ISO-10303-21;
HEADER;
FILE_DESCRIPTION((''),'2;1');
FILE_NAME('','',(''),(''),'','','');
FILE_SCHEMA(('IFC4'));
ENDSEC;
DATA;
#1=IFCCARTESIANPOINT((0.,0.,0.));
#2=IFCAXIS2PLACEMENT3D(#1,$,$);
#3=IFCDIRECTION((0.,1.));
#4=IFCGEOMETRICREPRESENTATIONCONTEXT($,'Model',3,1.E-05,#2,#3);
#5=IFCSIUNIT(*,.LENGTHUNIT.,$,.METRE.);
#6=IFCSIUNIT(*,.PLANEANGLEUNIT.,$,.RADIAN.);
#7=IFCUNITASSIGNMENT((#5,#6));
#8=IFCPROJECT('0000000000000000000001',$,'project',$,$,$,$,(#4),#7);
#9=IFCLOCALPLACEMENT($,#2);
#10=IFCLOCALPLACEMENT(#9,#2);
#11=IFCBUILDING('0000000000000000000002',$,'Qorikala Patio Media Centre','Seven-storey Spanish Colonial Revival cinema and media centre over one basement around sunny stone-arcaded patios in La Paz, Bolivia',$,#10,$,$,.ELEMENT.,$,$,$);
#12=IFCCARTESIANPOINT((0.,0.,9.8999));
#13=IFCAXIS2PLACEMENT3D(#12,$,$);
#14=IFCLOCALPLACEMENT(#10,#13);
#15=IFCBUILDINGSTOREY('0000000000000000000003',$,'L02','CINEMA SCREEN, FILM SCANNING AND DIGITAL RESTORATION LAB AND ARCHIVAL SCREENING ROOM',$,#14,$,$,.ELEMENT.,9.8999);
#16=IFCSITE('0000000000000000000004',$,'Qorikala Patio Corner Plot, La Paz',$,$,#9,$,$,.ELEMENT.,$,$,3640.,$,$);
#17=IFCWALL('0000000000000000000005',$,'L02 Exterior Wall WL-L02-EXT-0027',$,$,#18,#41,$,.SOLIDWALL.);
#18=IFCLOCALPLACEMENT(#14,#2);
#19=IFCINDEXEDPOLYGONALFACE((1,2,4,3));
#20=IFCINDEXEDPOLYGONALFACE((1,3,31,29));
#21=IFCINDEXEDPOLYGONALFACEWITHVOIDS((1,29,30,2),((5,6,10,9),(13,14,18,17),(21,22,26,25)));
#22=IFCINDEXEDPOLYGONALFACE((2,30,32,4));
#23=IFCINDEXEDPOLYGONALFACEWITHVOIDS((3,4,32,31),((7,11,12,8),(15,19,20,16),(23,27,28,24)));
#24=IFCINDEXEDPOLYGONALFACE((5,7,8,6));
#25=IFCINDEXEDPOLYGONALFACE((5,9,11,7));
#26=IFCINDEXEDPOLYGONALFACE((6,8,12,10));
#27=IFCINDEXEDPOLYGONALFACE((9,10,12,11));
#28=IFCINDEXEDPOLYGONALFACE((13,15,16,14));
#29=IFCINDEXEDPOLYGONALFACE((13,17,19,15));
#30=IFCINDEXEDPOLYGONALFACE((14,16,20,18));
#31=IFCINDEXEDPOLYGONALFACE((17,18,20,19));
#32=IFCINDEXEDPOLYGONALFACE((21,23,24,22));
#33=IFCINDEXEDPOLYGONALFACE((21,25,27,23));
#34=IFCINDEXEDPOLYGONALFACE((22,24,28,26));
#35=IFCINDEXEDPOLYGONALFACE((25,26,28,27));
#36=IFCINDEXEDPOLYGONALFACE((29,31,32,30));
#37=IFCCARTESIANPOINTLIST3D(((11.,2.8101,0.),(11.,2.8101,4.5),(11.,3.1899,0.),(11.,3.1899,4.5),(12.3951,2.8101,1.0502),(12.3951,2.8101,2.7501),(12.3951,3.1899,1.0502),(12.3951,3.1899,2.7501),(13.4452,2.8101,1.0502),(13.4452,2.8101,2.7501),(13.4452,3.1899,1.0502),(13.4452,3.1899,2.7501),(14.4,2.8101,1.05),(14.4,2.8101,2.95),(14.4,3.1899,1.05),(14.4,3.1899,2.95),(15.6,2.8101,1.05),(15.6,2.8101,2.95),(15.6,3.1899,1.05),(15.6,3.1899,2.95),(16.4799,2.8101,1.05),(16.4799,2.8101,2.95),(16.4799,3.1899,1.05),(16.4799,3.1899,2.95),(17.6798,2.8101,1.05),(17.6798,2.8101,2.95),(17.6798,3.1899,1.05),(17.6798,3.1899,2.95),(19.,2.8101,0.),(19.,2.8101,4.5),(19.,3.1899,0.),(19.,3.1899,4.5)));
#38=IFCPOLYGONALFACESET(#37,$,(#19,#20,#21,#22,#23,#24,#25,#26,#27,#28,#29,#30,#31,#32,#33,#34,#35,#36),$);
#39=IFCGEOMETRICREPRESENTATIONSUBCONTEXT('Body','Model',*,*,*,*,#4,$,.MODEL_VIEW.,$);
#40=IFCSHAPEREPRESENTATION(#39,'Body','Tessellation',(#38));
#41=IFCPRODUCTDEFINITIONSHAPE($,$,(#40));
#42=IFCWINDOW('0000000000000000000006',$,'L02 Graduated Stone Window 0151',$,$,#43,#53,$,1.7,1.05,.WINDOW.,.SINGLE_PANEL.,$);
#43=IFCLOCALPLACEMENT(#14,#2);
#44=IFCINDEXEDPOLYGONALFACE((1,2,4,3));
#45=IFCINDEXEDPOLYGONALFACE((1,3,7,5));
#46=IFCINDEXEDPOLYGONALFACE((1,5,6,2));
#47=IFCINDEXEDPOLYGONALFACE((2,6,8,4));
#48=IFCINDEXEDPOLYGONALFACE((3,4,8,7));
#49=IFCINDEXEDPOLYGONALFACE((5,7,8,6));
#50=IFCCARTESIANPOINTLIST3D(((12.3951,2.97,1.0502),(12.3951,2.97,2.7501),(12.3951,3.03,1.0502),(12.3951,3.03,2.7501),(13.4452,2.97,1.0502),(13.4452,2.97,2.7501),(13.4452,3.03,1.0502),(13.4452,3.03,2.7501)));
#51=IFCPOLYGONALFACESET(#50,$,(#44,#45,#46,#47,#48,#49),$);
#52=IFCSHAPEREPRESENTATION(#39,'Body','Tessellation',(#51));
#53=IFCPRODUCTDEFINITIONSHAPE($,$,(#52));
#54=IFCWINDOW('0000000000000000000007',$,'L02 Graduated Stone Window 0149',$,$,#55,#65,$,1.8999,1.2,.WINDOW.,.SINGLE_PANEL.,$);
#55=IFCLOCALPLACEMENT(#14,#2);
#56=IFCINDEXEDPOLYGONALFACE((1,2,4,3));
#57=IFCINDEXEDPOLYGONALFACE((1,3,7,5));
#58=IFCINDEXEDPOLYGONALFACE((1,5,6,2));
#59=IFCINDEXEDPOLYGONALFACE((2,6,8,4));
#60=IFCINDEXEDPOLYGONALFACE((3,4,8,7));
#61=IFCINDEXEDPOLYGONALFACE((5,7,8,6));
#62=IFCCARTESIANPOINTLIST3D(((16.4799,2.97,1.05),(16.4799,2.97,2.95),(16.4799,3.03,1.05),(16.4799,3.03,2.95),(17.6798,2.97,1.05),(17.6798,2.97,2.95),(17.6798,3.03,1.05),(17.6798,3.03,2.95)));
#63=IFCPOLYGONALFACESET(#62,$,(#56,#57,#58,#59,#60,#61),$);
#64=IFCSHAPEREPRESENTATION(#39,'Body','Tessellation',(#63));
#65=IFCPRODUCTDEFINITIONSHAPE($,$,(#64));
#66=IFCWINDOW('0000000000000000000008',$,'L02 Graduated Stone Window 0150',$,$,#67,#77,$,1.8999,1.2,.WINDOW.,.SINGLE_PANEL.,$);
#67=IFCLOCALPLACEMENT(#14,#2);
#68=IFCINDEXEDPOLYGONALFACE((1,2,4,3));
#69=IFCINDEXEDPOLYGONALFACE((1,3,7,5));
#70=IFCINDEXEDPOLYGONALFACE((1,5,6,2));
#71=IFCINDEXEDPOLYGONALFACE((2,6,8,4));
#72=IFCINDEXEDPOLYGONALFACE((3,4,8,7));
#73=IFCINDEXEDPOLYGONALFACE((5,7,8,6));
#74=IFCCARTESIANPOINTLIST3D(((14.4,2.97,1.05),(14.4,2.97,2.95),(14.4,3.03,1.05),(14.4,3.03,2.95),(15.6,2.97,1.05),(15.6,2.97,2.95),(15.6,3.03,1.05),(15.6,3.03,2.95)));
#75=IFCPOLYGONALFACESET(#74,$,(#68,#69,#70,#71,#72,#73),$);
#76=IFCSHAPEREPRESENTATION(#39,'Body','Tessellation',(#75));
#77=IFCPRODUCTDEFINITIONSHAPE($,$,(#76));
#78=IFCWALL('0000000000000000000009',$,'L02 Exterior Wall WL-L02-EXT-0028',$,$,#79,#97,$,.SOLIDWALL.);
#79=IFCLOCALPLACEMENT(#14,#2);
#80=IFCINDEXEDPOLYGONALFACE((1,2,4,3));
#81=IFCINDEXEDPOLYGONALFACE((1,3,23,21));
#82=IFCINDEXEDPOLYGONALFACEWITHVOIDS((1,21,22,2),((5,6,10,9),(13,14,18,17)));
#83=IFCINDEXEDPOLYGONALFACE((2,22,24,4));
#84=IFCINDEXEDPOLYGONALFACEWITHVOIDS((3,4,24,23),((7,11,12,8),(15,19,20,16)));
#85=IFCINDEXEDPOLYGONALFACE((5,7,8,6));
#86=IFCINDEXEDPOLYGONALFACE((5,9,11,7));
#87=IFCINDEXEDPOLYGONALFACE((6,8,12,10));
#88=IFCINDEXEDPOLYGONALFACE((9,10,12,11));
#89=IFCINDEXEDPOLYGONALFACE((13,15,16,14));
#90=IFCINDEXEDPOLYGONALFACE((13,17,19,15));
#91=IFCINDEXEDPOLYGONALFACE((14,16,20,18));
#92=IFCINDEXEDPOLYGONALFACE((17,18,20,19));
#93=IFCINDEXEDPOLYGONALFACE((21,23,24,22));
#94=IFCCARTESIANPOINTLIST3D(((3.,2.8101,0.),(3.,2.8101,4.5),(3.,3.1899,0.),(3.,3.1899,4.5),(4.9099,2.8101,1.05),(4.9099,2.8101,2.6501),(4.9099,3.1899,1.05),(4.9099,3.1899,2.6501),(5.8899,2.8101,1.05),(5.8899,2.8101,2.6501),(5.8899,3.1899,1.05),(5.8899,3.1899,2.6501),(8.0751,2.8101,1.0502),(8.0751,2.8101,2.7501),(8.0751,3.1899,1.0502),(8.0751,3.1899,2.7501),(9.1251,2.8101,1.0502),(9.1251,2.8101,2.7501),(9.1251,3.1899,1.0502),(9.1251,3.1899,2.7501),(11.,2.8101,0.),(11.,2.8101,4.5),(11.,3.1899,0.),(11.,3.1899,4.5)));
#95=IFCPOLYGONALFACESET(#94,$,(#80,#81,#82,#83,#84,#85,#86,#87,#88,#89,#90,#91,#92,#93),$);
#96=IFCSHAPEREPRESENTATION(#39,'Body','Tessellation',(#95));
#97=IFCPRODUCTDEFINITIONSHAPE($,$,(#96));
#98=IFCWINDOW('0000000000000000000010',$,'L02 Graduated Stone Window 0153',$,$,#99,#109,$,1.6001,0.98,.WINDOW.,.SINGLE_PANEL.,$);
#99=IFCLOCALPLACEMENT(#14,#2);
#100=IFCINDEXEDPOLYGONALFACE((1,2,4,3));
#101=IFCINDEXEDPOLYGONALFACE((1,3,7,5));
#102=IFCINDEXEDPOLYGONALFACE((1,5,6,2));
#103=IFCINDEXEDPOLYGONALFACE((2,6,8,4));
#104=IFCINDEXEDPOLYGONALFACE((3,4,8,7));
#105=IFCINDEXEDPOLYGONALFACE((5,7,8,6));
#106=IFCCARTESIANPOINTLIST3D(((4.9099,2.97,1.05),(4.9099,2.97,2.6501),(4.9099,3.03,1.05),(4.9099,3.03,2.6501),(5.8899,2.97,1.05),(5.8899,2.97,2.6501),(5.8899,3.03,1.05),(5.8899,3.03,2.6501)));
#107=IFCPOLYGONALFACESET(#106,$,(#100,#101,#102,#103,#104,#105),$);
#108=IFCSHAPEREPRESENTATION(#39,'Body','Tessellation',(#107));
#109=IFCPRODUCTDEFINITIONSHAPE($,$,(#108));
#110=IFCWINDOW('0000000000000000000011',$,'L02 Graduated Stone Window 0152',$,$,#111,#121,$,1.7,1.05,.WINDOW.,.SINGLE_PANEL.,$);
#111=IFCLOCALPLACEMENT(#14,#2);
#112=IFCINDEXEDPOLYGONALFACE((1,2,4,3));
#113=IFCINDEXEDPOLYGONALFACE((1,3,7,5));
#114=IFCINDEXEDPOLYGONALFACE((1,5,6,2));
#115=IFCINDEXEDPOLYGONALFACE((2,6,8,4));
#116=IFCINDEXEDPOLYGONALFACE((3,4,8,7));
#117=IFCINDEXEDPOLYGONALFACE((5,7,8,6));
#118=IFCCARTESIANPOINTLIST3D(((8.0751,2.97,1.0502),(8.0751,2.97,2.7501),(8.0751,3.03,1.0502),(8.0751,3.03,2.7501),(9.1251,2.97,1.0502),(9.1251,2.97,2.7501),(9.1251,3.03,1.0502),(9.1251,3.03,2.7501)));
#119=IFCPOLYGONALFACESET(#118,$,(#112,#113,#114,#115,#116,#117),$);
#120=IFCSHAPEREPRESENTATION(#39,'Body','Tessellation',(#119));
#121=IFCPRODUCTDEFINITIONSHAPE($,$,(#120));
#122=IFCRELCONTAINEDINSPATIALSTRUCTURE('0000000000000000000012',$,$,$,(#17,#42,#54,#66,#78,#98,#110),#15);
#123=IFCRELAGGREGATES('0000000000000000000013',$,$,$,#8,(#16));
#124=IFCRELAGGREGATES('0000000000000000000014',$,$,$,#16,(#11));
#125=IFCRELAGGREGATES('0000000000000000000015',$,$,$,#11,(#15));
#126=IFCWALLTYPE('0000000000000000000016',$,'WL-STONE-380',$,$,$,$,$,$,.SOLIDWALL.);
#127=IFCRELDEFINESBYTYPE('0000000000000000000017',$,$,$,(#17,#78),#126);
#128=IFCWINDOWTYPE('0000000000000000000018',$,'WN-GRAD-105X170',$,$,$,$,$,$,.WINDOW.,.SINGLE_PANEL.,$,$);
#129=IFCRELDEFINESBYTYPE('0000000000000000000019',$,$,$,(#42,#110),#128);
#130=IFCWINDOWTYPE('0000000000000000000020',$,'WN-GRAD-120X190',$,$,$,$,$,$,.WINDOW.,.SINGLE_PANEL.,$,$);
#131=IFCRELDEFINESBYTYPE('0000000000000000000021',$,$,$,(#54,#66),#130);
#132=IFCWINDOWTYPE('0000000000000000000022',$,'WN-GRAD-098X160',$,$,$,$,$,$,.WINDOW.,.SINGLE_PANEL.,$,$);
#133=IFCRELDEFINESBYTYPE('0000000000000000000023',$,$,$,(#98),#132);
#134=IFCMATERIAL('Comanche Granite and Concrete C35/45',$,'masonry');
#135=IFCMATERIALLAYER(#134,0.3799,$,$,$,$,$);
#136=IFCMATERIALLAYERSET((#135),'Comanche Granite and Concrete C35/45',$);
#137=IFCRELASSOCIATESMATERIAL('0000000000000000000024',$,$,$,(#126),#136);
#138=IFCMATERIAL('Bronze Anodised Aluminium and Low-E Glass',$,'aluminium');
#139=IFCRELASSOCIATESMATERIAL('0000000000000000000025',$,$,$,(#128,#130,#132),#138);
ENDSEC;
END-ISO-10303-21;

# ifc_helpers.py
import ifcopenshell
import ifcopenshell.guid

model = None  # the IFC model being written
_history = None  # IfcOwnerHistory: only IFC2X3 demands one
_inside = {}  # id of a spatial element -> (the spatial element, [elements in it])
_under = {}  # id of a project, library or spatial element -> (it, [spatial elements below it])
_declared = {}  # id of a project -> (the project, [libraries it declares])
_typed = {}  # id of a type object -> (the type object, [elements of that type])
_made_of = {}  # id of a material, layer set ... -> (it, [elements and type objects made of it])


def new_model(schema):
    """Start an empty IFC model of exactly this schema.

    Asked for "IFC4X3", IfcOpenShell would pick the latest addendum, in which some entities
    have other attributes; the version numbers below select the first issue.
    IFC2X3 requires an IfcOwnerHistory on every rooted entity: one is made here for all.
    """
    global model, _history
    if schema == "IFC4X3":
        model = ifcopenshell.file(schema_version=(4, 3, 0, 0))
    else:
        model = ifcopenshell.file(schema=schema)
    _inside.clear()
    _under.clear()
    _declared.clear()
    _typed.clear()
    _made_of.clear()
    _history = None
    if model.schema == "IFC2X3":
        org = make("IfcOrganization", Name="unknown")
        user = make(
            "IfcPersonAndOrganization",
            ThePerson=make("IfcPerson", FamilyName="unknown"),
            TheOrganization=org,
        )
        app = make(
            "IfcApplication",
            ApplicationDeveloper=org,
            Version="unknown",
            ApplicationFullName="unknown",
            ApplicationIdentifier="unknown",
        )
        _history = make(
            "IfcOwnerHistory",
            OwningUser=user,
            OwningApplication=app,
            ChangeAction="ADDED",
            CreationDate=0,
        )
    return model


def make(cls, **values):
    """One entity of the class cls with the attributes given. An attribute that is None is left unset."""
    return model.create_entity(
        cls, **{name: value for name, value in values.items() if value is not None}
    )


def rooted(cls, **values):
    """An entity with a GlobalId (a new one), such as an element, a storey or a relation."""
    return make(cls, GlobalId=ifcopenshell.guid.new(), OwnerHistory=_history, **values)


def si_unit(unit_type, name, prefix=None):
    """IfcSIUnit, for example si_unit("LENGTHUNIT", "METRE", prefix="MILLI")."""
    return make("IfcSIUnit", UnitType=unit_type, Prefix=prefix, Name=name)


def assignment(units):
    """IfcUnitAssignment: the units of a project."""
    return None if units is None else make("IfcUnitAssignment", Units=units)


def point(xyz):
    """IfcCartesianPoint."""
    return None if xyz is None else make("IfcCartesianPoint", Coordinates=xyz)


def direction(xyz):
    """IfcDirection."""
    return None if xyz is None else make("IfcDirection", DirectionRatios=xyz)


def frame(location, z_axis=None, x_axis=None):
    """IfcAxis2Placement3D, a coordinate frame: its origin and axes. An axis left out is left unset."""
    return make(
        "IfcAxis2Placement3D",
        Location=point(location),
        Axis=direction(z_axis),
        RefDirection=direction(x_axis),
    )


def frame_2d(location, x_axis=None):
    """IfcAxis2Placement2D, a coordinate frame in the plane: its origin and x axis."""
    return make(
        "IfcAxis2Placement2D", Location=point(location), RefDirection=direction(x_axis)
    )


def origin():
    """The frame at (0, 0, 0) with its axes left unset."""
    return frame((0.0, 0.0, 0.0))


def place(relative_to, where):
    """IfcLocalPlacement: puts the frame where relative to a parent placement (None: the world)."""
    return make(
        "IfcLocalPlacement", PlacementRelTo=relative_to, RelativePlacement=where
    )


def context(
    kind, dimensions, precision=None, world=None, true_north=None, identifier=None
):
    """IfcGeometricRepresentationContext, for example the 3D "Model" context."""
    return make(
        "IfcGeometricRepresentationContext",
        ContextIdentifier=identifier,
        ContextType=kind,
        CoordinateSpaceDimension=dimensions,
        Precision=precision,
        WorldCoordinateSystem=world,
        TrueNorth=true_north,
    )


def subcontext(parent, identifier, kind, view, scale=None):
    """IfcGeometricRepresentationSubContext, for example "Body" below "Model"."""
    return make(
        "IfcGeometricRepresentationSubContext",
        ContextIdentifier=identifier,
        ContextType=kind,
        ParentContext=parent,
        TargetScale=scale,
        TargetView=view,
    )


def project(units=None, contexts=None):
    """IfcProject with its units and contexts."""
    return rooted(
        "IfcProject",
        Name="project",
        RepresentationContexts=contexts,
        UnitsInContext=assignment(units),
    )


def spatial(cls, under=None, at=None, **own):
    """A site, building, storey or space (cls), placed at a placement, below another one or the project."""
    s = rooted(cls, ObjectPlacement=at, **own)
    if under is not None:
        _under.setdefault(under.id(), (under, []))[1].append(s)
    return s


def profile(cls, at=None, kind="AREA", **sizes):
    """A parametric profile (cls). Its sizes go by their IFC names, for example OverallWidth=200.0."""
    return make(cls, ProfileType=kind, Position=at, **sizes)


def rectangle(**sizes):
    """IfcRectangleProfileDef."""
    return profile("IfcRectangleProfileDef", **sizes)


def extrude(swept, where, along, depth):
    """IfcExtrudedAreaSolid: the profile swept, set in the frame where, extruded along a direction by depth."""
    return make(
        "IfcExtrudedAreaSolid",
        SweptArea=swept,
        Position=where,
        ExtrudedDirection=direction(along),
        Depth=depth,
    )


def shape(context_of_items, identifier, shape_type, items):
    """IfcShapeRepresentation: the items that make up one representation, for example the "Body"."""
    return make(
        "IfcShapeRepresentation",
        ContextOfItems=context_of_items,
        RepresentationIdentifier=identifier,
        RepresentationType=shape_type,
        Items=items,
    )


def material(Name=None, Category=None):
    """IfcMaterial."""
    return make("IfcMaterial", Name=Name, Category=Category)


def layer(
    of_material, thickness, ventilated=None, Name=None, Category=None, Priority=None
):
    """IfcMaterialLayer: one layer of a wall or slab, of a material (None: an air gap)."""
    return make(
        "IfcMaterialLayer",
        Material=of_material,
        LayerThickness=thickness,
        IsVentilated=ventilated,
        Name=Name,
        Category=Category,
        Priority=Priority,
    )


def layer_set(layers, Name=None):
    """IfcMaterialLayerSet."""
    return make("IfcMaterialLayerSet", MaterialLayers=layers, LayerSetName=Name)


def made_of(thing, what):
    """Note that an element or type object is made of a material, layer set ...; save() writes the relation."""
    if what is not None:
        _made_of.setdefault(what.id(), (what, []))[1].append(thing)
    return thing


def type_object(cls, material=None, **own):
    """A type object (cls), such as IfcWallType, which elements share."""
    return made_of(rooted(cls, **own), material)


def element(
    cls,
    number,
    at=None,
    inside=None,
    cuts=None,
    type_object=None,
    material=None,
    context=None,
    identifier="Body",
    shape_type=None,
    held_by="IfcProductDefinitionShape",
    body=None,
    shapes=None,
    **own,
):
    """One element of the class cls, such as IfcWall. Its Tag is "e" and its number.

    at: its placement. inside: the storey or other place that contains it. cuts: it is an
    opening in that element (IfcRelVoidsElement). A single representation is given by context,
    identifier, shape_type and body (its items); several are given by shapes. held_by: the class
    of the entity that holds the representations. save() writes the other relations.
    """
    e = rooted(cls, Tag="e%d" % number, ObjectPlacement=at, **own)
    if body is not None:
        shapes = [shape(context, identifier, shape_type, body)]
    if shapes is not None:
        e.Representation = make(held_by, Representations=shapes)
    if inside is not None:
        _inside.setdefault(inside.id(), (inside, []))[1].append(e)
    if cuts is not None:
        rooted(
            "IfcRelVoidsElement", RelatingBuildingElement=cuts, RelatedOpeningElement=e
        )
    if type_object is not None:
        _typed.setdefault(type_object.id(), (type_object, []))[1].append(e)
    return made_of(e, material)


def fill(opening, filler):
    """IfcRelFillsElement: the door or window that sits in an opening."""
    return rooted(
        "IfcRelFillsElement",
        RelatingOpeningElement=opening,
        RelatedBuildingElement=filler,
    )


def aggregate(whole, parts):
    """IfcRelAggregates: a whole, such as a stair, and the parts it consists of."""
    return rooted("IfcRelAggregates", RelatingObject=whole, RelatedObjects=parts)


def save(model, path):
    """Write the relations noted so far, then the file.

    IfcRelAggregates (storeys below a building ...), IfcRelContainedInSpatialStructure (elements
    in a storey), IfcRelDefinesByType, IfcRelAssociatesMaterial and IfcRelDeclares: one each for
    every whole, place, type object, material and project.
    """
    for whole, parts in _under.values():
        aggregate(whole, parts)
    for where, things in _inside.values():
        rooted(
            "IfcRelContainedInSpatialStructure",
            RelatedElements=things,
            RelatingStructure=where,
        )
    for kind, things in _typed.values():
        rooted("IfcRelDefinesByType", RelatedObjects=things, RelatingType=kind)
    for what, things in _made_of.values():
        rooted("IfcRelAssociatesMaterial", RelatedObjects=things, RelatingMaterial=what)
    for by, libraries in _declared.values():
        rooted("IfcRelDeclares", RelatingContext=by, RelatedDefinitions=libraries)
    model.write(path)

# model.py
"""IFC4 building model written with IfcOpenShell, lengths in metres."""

from ifc_helpers import new_model, si_unit, direction, frame, frame_2d, origin, place, context, subcontext, project, spatial, rectangle, extrude, material, layer, layer_set, type_object, element, fill, save


model = new_model("IFC4")

# Units and contexts
model_context = context("Model", 3, precision=1e-05, world=origin(), true_north=direction((0.0, 1.0)))
body_context = subcontext(model_context, "Body", "Model", "MODEL_VIEW")
ifc_project = project(units=[si_unit("LENGTHUNIT", "METRE"), si_unit("PLANEANGLEUNIT", "RADIAN")], contexts=[model_context])

# Site, building, storey
site_placement = place(None, origin())
site = spatial("IfcSite", under=ifc_project, at=site_placement, Name="Qorikala Patio Corner Plot, La Paz", CompositionType="ELEMENT", RefElevation=3640.0)
building_placement = place(site_placement, origin())
building = spatial("IfcBuilding", under=site, at=building_placement, Name="Qorikala Patio Media Centre", Description="Seven-storey Spanish Colonial Revival cinema and media centre over one basement around sunny stone-arcaded patios in La Paz, Bolivia", CompositionType="ELEMENT")
storey_placement = place(building_placement, frame((0.0, 0.0, 9.8999)))
storey = spatial("IfcBuildingStorey", under=building, at=storey_placement, Name="L02", Description="CINEMA SCREEN, FILM SCANNING AND DIGITAL RESTORATION LAB AND ARCHIVAL SCREENING ROOM", CompositionType="ELEMENT", Elevation=9.8999)

# Walls, openings, windows
ifc_material_1 = material(Name="Comanche Granite and Concrete C35/45", Category="masonry")
ifc_layer = layer(ifc_material_1, 0.3799)
ifc_layer_set = layer_set([ifc_layer], Name="Comanche Granite and Concrete C35/45")
wall_type = type_object("IfcWallType", Name="WL-STONE-380", PredefinedType="SOLIDWALL", material=ifc_layer_set)
wall_1_placement = place(storey_placement, frame((19.0, 3.0, 0.0), z_axis=(0.0, 0.0, 1.0), x_axis=(-1.0, 0.0, 0.0)))
wall_1 = element("IfcWall", 1, at=wall_1_placement, inside=storey, type_object=wall_type, Name="L02 Exterior Wall WL-L02-EXT-0027", PredefinedType="SOLIDWALL", context=body_context, shape_type="SweptSolid", body=[
    extrude(rectangle(XDim=8.0, YDim=0.3799, at=frame_2d((4.0, 0.0))), origin(), (0.0, 0.0, 1.0), 4.5),
])
opening_1_placement = place(wall_1_placement, frame((1.3201, 0.0, 1.05)))
opening_1 = element("IfcOpeningElement", 2, at=opening_1_placement, cuts=wall_1, PredefinedType="OPENING", context=body_context, shape_type="SweptSolid", body=[
    extrude(rectangle(XDim=1.2, YDim=1.8999, at=frame_2d((0.6001, 0.95))), frame((0.0, 0.2, 0.0), z_axis=(0.0, -1.0, 0.0), x_axis=(1.0, 0.0, 0.0)), (0.0, 0.0, 1.0), 0.3999),
])
opening_2_placement = place(wall_1_placement, frame((3.3999, 0.0, 1.05)))
opening_2 = element("IfcOpeningElement", 3, at=opening_2_placement, cuts=wall_1, PredefinedType="OPENING", context=body_context, shape_type="SweptSolid", body=[
    extrude(rectangle(XDim=1.2, YDim=1.8999, at=frame_2d((0.6001, 0.95))), frame((0.0, 0.2, 0.0), z_axis=(0.0, -1.0, 0.0), x_axis=(1.0, 0.0, 0.0)), (0.0, 0.0, 1.0), 0.3999),
])
opening_3_placement = place(wall_1_placement, frame((5.5549, 0.0, 1.05)))
opening_3 = element("IfcOpeningElement", 4, at=opening_3_placement, cuts=wall_1, PredefinedType="OPENING", context=body_context, shape_type="SweptSolid", body=[
    extrude(rectangle(XDim=1.05, YDim=1.7, at=frame_2d((0.5249, 0.8501))), frame((0.0, 0.2, 0.0), z_axis=(0.0, -1.0, 0.0), x_axis=(1.0, 0.0, 0.0)), (0.0, 0.0, 1.0), 0.3999),
])
ifc_material_2 = material(Name="Bronze Anodised Aluminium and Low-E Glass", Category="aluminium")
window_type_1 = type_object("IfcWindowType", Name="WN-GRAD-105X170", PartitioningType="SINGLE_PANEL", PredefinedType="WINDOW", material=ifc_material_2)
window_1_placement = place(opening_3_placement, origin())
window_1 = element("IfcWindow", 5, at=window_1_placement, inside=storey, type_object=window_type_1, Name="L02 Graduated Stone Window 0151", OverallHeight=1.7, OverallWidth=1.05, PartitioningType="SINGLE_PANEL", PredefinedType="WINDOW", context=body_context, shape_type="SweptSolid", body=[
    extrude(rectangle(XDim=1.05, YDim=1.7, at=frame_2d((0.5249, 0.8501))), frame((0.0, 0.03, 0.0), z_axis=(0.0, -1.0, 0.0), x_axis=(1.0, 0.0, 0.0)), (0.0, 0.0, 1.0), 0.0601),
])
fill(opening_3, window_1)
window_type_2 = type_object("IfcWindowType", Name="WN-GRAD-120X190", PartitioningType="SINGLE_PANEL", PredefinedType="WINDOW", material=ifc_material_2)
window_2_placement = place(opening_1_placement, origin())
window_2 = element("IfcWindow", 6, at=window_2_placement, inside=storey, type_object=window_type_2, Name="L02 Graduated Stone Window 0149", OverallHeight=1.8999, OverallWidth=1.2, PartitioningType="SINGLE_PANEL", PredefinedType="WINDOW", context=body_context, shape_type="SweptSolid", body=[
    extrude(rectangle(XDim=1.2, YDim=1.8999, at=frame_2d((0.6001, 0.95))), frame((0.0, 0.03, 0.0), z_axis=(0.0, -1.0, 0.0), x_axis=(1.0, 0.0, 0.0)), (0.0, 0.0, 1.0), 0.0601),
])
fill(opening_1, window_2)
window_3_placement = place(opening_2_placement, origin())
window_3 = element("IfcWindow", 7, at=window_3_placement, inside=storey, type_object=window_type_2, Name="L02 Graduated Stone Window 0150", OverallHeight=1.8999, OverallWidth=1.2, PartitioningType="SINGLE_PANEL", PredefinedType="WINDOW", context=body_context, shape_type="SweptSolid", body=[
    extrude(rectangle(XDim=1.2, YDim=1.8999, at=frame_2d((0.6001, 0.95))), frame((0.0, 0.03, 0.0), z_axis=(0.0, -1.0, 0.0), x_axis=(1.0, 0.0, 0.0)), (0.0, 0.0, 1.0), 0.0601),
])
fill(opening_2, window_3)
wall_2_placement = place(storey_placement, frame((11.0, 3.0, 0.0), z_axis=(0.0, 0.0, 1.0), x_axis=(-1.0, 0.0, 0.0)))
wall_2 = element("IfcWall", 8, at=wall_2_placement, inside=storey, type_object=wall_type, Name="L02 Exterior Wall WL-L02-EXT-0028", PredefinedType="SOLIDWALL", context=body_context, shape_type="SweptSolid", body=[
    extrude(rectangle(XDim=8.0, YDim=0.3799, at=frame_2d((4.0, 0.0))), origin(), (0.0, 0.0, 1.0), 4.5),
])
opening_4_placement = place(wall_2_placement, frame((1.875, 0.0, 1.05)))
opening_4 = element("IfcOpeningElement", 9, at=opening_4_placement, cuts=wall_2, PredefinedType="OPENING", context=body_context, shape_type="SweptSolid", body=[
    extrude(rectangle(XDim=1.05, YDim=1.7, at=frame_2d((0.5249, 0.8501))), frame((0.0, 0.2, 0.0), z_axis=(0.0, -1.0, 0.0), x_axis=(1.0, 0.0, 0.0)), (0.0, 0.0, 1.0), 0.3999),
])
opening_5_placement = place(wall_2_placement, frame((5.1101, 0.0, 1.05)))
opening_5 = element("IfcOpeningElement", 10, at=opening_5_placement, cuts=wall_2, PredefinedType="OPENING", context=body_context, shape_type="SweptSolid", body=[
    extrude(rectangle(XDim=0.98, YDim=1.6001, at=frame_2d((0.49, 0.8))), frame((0.0, 0.2, 0.0), z_axis=(0.0, -1.0, 0.0), x_axis=(1.0, 0.0, 0.0)), (0.0, 0.0, 1.0), 0.3999),
])
window_type_3 = type_object("IfcWindowType", Name="WN-GRAD-098X160", PartitioningType="SINGLE_PANEL", PredefinedType="WINDOW", material=ifc_material_2)
window_4_placement = place(opening_5_placement, origin())
window_4 = element("IfcWindow", 11, at=window_4_placement, inside=storey, type_object=window_type_3, Name="L02 Graduated Stone Window 0153", OverallHeight=1.6001, OverallWidth=0.98, PartitioningType="SINGLE_PANEL", PredefinedType="WINDOW", context=body_context, shape_type="SweptSolid", body=[
    extrude(rectangle(XDim=0.98, YDim=1.6001, at=frame_2d((0.49, 0.8))), frame((0.0, 0.03, 0.0), z_axis=(0.0, -1.0, 0.0), x_axis=(1.0, 0.0, 0.0)), (0.0, 0.0, 1.0), 0.0601),
])
fill(opening_5, window_4)
window_5_placement = place(opening_4_placement, origin())
window_5 = element("IfcWindow", 12, at=window_5_placement, inside=storey, type_object=window_type_1, Name="L02 Graduated Stone Window 0152", OverallHeight=1.7, OverallWidth=1.05, PartitioningType="SINGLE_PANEL", PredefinedType="WINDOW", context=body_context, shape_type="SweptSolid", body=[
    extrude(rectangle(XDim=1.05, YDim=1.7, at=frame_2d((0.5249, 0.8501))), frame((0.0, 0.03, 0.0), z_axis=(0.0, -1.0, 0.0), x_axis=(1.0, 0.0, 0.0)), (0.0, 0.0, 1.0), 0.0601),
])
fill(opening_4, window_5)

save(model, "model.ifc")
